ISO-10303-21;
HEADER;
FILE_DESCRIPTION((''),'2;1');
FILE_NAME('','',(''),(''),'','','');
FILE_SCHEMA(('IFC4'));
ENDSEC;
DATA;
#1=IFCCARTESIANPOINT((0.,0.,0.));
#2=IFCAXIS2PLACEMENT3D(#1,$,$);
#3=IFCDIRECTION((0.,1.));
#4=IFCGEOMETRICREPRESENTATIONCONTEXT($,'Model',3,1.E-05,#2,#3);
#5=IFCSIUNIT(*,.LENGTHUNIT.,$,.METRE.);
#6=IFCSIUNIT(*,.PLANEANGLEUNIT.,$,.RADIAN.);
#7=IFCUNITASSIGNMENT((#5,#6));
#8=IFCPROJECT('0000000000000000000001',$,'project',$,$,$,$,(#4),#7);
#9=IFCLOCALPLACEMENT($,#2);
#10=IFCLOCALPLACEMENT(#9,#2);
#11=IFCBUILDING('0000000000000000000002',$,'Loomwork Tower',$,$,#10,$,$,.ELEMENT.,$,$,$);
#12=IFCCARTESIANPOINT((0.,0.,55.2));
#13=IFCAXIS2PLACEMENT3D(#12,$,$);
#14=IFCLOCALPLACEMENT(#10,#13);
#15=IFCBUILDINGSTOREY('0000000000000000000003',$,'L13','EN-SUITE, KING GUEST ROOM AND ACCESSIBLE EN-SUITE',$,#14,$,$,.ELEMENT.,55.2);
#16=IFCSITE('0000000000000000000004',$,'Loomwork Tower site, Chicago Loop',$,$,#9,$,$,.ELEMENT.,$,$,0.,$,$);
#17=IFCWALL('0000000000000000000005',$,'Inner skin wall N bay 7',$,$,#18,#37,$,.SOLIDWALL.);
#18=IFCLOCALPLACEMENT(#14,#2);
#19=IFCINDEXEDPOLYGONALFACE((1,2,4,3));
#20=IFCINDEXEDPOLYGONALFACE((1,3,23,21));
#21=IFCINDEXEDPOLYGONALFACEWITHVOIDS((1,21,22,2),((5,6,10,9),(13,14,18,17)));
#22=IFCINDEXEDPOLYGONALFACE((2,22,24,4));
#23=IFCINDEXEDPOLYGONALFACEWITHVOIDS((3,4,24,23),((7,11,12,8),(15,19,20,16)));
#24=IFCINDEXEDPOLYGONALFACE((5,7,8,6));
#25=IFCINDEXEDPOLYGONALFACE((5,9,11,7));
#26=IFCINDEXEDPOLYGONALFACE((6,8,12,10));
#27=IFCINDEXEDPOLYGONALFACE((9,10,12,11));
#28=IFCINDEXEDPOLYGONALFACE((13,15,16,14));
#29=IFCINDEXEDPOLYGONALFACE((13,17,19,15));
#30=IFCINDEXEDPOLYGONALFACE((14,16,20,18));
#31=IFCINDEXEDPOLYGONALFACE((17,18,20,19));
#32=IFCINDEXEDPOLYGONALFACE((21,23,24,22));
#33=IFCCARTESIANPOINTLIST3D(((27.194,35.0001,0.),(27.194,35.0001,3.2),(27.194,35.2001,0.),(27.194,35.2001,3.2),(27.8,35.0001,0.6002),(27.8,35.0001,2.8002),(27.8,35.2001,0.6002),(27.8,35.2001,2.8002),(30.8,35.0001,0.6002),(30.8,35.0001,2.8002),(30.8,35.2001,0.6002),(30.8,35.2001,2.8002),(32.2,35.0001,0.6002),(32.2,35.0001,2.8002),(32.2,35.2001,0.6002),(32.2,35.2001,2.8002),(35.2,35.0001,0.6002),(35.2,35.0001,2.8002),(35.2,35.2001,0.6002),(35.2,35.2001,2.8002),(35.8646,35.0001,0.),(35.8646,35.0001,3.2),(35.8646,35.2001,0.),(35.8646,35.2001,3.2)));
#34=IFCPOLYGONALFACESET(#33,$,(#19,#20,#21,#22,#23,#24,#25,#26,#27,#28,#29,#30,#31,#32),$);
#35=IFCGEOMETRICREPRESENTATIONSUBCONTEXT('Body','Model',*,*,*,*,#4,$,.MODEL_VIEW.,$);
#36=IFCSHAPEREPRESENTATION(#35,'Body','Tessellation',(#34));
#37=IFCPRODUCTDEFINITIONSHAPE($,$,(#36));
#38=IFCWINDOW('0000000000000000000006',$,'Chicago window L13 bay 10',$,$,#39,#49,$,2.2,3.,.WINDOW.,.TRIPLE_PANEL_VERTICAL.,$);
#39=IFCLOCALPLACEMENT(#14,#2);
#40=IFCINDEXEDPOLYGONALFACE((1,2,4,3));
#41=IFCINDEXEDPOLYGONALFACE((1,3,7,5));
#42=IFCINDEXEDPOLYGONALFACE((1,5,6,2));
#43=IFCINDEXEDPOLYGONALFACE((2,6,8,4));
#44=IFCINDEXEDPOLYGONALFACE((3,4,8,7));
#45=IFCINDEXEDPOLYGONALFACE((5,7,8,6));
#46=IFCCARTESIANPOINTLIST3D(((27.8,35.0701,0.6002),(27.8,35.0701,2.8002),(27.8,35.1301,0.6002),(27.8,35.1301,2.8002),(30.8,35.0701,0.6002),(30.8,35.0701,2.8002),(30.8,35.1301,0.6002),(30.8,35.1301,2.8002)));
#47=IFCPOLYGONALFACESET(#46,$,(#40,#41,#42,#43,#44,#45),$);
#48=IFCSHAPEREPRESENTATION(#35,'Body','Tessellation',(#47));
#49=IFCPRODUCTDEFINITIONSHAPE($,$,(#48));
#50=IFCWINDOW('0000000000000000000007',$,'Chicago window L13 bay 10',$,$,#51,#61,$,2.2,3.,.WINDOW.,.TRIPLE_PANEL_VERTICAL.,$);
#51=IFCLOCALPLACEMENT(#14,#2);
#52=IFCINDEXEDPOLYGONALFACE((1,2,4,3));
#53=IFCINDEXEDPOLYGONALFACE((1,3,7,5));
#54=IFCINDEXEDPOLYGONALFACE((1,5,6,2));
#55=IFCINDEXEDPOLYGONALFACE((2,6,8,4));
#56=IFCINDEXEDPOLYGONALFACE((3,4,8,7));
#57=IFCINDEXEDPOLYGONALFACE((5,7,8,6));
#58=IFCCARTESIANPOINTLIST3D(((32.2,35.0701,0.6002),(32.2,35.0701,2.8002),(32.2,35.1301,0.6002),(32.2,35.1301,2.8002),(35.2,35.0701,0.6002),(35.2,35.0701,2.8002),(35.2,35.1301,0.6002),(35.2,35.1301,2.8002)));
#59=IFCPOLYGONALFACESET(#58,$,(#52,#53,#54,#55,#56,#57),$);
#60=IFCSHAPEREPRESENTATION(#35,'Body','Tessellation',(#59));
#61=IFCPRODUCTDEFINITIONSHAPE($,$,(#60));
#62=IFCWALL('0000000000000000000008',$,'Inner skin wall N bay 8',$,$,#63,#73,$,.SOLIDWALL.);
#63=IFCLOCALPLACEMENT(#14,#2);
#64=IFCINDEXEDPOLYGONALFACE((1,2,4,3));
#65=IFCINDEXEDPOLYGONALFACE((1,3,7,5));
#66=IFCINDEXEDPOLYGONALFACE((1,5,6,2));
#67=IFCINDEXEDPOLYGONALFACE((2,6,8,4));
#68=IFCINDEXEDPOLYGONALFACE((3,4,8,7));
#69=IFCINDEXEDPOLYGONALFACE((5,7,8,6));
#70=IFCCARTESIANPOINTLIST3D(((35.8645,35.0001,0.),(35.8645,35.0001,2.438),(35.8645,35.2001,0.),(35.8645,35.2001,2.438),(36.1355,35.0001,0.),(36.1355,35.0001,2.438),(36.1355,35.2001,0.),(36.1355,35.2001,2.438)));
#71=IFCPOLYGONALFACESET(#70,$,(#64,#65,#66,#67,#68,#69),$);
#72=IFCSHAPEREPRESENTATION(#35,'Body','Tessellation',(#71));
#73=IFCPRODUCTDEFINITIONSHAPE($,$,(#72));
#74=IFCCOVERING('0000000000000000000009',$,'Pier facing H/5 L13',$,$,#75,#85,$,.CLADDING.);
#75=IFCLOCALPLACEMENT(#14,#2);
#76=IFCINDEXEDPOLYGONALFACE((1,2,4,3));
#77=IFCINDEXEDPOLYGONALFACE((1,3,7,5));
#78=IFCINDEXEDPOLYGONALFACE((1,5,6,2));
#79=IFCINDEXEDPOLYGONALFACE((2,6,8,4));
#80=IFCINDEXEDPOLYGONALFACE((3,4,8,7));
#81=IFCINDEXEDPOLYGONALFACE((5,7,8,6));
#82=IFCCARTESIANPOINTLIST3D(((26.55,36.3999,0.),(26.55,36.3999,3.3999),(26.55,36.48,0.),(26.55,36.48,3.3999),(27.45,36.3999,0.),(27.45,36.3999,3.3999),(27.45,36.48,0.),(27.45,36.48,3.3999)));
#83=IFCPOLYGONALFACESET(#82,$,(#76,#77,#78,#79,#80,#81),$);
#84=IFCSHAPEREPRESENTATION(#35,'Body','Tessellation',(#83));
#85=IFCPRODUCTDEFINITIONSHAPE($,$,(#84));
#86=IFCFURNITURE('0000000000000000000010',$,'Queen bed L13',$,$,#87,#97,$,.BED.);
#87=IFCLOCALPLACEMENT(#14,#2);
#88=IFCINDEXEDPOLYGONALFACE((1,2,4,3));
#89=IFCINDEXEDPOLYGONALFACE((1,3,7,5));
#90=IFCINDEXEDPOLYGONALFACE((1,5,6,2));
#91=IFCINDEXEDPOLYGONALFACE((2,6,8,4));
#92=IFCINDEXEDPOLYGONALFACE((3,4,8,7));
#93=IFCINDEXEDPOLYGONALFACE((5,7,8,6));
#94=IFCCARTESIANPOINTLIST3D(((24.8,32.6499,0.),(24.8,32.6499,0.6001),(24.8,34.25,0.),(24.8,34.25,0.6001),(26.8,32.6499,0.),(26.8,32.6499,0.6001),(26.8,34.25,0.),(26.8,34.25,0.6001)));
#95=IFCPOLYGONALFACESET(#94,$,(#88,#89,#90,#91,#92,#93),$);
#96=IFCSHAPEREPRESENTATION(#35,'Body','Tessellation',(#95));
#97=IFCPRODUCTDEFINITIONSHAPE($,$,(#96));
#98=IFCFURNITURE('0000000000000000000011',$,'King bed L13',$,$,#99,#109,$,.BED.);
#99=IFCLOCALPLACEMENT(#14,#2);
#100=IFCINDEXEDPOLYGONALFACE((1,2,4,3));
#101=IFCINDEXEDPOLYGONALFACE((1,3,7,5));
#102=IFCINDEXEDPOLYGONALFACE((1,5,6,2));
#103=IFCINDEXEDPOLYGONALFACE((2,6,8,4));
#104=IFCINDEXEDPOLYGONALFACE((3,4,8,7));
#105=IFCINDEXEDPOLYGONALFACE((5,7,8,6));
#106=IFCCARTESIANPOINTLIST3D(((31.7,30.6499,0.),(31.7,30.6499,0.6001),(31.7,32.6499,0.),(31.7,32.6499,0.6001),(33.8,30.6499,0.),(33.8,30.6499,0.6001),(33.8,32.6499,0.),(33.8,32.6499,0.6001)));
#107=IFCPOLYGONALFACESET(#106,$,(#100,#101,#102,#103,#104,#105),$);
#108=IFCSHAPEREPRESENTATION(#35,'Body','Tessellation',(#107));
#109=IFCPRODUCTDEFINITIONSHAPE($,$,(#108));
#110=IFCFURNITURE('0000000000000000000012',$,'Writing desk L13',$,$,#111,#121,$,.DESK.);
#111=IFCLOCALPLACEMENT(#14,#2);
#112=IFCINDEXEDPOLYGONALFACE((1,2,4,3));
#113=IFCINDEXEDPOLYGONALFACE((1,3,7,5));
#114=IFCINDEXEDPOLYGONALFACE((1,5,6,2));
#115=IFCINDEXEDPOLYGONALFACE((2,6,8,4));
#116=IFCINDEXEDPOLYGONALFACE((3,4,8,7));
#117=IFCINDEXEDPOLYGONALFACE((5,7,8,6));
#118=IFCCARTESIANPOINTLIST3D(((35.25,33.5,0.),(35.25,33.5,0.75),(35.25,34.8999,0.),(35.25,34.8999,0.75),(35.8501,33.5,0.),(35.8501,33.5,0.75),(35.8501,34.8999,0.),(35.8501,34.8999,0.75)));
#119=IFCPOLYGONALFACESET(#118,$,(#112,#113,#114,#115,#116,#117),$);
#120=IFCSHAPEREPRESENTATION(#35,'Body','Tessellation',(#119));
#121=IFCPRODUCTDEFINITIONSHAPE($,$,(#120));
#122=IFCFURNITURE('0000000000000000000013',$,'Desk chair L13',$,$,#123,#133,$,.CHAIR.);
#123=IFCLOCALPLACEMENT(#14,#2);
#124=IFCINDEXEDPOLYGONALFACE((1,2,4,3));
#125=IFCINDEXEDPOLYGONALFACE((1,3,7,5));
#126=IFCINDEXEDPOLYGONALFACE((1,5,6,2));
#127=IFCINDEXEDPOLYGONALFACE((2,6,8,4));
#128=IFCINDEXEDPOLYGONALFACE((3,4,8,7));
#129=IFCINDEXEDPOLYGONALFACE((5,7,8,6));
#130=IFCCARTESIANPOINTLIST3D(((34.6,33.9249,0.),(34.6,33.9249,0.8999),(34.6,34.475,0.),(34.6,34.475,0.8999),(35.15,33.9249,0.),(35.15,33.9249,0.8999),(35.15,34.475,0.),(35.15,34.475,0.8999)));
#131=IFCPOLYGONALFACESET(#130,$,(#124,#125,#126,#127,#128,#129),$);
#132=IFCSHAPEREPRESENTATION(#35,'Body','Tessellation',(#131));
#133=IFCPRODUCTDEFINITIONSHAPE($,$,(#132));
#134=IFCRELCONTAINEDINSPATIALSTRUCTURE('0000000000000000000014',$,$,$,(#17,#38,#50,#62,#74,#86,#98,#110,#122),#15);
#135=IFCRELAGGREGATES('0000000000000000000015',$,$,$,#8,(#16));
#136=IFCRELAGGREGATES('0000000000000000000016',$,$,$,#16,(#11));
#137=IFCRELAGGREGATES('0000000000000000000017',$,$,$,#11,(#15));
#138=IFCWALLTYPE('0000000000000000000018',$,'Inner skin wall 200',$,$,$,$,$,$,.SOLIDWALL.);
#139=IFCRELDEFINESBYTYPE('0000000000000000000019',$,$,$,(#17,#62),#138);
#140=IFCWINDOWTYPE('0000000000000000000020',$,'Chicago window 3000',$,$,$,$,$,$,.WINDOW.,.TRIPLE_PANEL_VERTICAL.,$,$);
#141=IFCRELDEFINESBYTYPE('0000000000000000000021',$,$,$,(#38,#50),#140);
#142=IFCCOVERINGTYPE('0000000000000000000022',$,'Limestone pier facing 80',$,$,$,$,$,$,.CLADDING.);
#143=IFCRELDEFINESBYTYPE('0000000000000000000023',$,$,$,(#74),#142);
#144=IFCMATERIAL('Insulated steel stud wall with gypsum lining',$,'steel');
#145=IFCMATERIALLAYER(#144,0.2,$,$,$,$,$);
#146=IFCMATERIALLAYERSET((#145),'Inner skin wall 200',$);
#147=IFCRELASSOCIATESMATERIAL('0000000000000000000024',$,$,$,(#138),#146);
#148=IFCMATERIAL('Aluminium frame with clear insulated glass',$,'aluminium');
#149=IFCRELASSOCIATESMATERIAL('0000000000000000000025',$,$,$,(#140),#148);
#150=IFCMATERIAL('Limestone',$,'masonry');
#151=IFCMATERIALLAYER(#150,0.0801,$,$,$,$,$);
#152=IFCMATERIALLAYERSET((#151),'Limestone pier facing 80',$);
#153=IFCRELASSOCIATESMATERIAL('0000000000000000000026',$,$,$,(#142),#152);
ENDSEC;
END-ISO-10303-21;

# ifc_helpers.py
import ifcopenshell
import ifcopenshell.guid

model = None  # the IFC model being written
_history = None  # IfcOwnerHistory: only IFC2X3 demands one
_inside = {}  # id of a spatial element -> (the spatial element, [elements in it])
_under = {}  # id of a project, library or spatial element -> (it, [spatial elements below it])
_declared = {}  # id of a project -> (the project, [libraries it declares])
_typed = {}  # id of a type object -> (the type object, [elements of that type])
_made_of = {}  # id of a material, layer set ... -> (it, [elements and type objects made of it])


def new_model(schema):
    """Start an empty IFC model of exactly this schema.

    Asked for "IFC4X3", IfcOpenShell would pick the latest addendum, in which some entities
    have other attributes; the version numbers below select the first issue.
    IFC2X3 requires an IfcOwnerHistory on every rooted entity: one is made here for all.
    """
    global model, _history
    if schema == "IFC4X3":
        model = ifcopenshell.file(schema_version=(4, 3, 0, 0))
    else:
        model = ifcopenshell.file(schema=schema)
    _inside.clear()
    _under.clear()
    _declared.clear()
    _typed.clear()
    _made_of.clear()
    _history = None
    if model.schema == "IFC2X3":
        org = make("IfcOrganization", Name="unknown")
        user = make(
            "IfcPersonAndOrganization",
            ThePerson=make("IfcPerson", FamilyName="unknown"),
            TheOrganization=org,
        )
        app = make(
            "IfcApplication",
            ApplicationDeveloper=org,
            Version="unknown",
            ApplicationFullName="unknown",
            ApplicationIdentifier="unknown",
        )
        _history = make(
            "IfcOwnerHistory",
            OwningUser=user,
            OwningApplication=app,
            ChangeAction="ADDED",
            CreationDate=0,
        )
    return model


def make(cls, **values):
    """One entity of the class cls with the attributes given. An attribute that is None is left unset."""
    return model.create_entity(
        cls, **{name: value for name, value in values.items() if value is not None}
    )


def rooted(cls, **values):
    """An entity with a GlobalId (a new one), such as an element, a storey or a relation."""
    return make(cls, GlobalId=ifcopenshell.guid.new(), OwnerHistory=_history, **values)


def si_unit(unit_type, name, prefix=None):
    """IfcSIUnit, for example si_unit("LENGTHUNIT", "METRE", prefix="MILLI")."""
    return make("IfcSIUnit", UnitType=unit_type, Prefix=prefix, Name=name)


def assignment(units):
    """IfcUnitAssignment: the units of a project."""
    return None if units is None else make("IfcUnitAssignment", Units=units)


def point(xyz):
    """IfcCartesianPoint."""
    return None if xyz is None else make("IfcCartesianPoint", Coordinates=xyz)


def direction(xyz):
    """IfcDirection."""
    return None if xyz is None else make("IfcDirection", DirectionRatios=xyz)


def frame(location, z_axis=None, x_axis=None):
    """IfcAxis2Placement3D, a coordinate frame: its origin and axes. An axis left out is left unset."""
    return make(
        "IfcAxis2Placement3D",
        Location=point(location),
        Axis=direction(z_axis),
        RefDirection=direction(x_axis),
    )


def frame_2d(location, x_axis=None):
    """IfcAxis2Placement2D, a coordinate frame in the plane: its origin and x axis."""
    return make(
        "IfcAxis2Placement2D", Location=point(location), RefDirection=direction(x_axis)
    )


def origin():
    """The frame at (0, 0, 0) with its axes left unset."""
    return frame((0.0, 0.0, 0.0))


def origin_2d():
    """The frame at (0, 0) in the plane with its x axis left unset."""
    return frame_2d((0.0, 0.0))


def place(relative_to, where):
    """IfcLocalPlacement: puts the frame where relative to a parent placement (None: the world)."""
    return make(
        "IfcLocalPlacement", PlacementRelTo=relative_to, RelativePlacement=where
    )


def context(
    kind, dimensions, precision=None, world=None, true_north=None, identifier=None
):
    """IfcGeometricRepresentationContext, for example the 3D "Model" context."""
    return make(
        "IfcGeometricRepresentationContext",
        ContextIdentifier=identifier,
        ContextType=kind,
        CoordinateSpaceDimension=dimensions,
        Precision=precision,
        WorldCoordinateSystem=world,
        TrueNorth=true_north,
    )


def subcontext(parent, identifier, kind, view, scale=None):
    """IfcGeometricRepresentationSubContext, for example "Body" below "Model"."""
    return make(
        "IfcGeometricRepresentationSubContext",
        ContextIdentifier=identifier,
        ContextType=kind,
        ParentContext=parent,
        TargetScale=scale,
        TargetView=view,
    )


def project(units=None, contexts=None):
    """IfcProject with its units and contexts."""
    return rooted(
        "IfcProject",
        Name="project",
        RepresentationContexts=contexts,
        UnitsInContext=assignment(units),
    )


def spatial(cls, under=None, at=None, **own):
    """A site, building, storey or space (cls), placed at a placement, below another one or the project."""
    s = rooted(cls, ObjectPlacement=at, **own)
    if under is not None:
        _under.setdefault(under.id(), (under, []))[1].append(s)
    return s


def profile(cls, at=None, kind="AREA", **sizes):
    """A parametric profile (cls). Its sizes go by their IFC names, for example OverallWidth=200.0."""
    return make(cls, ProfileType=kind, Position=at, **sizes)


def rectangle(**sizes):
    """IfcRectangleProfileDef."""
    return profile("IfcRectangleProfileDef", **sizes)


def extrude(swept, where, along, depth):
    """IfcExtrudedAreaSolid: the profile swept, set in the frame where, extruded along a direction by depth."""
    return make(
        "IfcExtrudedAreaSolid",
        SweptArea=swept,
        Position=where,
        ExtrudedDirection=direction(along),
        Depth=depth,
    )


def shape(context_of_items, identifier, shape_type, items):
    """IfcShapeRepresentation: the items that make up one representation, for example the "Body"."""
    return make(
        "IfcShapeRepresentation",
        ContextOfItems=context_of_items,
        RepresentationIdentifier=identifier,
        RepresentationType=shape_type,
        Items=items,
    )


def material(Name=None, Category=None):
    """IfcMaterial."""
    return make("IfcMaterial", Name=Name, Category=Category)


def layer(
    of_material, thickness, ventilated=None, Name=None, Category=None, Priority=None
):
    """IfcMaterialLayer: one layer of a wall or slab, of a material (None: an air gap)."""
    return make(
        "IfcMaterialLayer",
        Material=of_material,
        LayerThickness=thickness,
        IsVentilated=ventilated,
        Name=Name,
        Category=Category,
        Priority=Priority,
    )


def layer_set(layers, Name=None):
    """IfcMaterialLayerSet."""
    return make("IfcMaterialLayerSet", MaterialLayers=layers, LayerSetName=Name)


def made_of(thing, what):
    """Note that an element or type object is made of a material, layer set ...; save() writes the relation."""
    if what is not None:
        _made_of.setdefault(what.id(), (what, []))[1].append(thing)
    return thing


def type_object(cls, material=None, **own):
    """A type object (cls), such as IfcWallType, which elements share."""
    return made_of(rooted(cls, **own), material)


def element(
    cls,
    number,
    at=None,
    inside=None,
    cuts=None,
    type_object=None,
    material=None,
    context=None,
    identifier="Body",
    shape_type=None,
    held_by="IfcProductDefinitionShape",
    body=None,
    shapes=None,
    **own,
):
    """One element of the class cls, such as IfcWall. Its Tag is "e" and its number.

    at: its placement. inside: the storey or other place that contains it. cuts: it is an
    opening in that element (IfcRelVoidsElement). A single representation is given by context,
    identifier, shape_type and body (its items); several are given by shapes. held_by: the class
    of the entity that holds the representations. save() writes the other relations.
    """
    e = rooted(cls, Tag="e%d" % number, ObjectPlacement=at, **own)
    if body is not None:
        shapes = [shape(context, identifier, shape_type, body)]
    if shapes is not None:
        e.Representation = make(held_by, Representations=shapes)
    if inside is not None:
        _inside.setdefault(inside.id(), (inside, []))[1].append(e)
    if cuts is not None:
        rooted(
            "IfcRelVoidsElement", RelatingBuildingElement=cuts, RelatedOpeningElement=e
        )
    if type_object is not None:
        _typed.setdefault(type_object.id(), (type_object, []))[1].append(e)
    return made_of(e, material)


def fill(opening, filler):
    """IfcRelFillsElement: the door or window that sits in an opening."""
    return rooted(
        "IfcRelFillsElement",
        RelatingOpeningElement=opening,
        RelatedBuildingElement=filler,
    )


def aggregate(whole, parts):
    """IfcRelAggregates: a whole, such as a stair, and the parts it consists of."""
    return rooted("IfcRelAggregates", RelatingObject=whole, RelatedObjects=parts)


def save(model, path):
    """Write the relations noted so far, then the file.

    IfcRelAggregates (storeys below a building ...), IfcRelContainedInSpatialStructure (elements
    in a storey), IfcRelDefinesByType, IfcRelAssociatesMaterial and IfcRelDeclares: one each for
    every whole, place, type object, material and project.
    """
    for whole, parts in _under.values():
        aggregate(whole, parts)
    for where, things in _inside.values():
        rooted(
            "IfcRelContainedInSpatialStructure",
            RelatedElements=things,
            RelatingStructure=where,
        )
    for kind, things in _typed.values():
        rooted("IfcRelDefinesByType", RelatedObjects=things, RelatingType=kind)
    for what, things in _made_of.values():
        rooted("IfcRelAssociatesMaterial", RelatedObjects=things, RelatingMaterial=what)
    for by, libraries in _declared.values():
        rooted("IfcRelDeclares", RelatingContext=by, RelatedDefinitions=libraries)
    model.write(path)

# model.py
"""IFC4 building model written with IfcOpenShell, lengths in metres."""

from ifc_helpers import new_model, si_unit, direction, frame, frame_2d, origin, origin_2d, place, context, subcontext, project, spatial, rectangle, extrude, material, layer, layer_set, type_object, element, fill, save


model = new_model("IFC4")

# Units and contexts
model_context = context("Model", 3, precision=1e-05, world=origin(), true_north=direction((0.0, 1.0)))
body_context = subcontext(model_context, "Body", "Model", "MODEL_VIEW")
ifc_project = project(units=[si_unit("LENGTHUNIT", "METRE"), si_unit("PLANEANGLEUNIT", "RADIAN")], contexts=[model_context])

# Site, building, storey
site_placement = place(None, origin())
site = spatial("IfcSite", under=ifc_project, at=site_placement, Name="Loomwork Tower site, Chicago Loop", CompositionType="ELEMENT", RefElevation=0.0)
building_placement = place(site_placement, origin())
building = spatial("IfcBuilding", under=site, at=building_placement, Name="Loomwork Tower", CompositionType="ELEMENT")
storey_placement = place(building_placement, frame((0.0, 0.0, 55.2)))
storey = spatial("IfcBuildingStorey", under=building, at=storey_placement, Name="L13", Description="EN-SUITE, KING GUEST ROOM AND ACCESSIBLE EN-SUITE", CompositionType="ELEMENT", Elevation=55.2)

# Shared definitions
ifc_material_1 = material(Name="Insulated steel stud wall with gypsum lining", Category="steel")
ifc_layer_1 = layer(ifc_material_1, 0.2)
ifc_layer_set_1 = layer_set([ifc_layer_1], Name="Inner skin wall 200")
wall_type = type_object("IfcWallType", Name="Inner skin wall 200", PredefinedType="SOLIDWALL", material=ifc_layer_set_1)

# Wall, openings, windows
wall_1_placement = place(storey_placement, frame((27.1938, 35.1001, 0.0), z_axis=(0.0, 0.0, 1.0), x_axis=(1.0, 0.0, 0.0)))
wall_1 = element("IfcWall", 1, at=wall_1_placement, inside=storey, type_object=wall_type, Name="Inner skin wall N bay 7", PredefinedType="SOLIDWALL", context=body_context, shape_type="SweptSolid", body=[
    extrude(rectangle(XDim=8.6707, YDim=0.2, at=frame_2d((4.3354, 0.0))), origin(), (0.0, 0.0, 1.0), 3.2),
])
opening_1_placement = place(wall_1_placement, frame((0.6062, 0.0, 0.6001)))
opening_1 = element("IfcOpeningElement", 2, at=opening_1_placement, cuts=wall_1, PredefinedType="OPENING", context=body_context, shape_type="SweptSolid", body=[
    extrude(rectangle(XDim=3.0, YDim=2.2, at=frame_2d((1.5, 1.1001))), frame((0.0, 0.1099, 0.0), z_axis=(0.0, -1.0, 0.0), x_axis=(1.0, 0.0, 0.0)), (0.0, 0.0, 1.0), 0.22),
])
opening_2_placement = place(wall_1_placement, frame((5.0061, 0.0, 0.6001)))
opening_2 = element("IfcOpeningElement", 3, at=opening_2_placement, cuts=wall_1, PredefinedType="OPENING", context=body_context, shape_type="SweptSolid", body=[
    extrude(rectangle(XDim=3.0, YDim=2.2, at=frame_2d((1.5, 1.1001))), frame((0.0, 0.1099, 0.0), z_axis=(0.0, -1.0, 0.0), x_axis=(1.0, 0.0, 0.0)), (0.0, 0.0, 1.0), 0.22),
])
ifc_material_2 = material(Name="Aluminium frame with clear insulated glass", Category="aluminium")
window_type = type_object("IfcWindowType", Name="Chicago window 3000", PartitioningType="TRIPLE_PANEL_VERTICAL", PredefinedType="WINDOW", material=ifc_material_2)
window_1_placement = place(opening_1_placement, origin())
window_1 = element("IfcWindow", 4, at=window_1_placement, inside=storey, type_object=window_type, Name="Chicago window L13 bay 10", OverallHeight=2.2, OverallWidth=3.0, PartitioningType="TRIPLE_PANEL_VERTICAL", PredefinedType="WINDOW", context=body_context, shape_type="SweptSolid", body=[
    extrude(rectangle(XDim=3.0, YDim=2.2, at=frame_2d((1.5, 1.1001))), frame((0.0, 0.03, 0.0), z_axis=(0.0, -1.0, 0.0), x_axis=(1.0, 0.0, 0.0)), (0.0, 0.0, 1.0), 0.0601),
])
fill(opening_1, window_1)
window_2_placement = place(opening_2_placement, origin())
window_2 = element("IfcWindow", 5, at=window_2_placement, inside=storey, type_object=window_type, Name="Chicago window L13 bay 10", OverallHeight=2.2, OverallWidth=3.0, PartitioningType="TRIPLE_PANEL_VERTICAL", PredefinedType="WINDOW", context=body_context, shape_type="SweptSolid", body=[
    extrude(rectangle(XDim=3.0, YDim=2.2, at=frame_2d((1.5, 1.1001))), frame((0.0, 0.03, 0.0), z_axis=(0.0, -1.0, 0.0), x_axis=(1.0, 0.0, 0.0)), (0.0, 0.0, 1.0), 0.0601),
])
fill(opening_2, window_2)

# Wall
wall_2_placement = place(storey_placement, frame((35.8645, 35.1001, 0.0), z_axis=(0.0, 0.0, 1.0), x_axis=(1.0, 0.0, 0.0)))
element("IfcWall", 6, at=wall_2_placement, inside=storey, type_object=wall_type, Name="Inner skin wall N bay 8", PredefinedType="SOLIDWALL", context=body_context, shape_type="SweptSolid", body=[
    extrude(rectangle(XDim=0.271, YDim=0.2, at=frame_2d((0.1355, 0.0))), origin(), (0.0, 0.0, 1.0), 2.438),
])

# Covering
ifc_material_3 = material(Name="Limestone", Category="masonry")
ifc_layer_2 = layer(ifc_material_3, 0.0801)
ifc_layer_set_2 = layer_set([ifc_layer_2], Name="Limestone pier facing 80")
covering_type = type_object("IfcCoveringType", Name="Limestone pier facing 80", PredefinedType="CLADDING", material=ifc_layer_set_2)
covering_placement = place(storey_placement, frame((27.0, 36.4399, 0.0), z_axis=(0.0, 0.0, 1.0), x_axis=(1.0, 0.0, 0.0)))
element("IfcCovering", 7, at=covering_placement, inside=storey, type_object=covering_type, Name="Pier facing H/5 L13", PredefinedType="CLADDING", context=body_context, shape_type="SweptSolid", body=[
    extrude(rectangle(XDim=0.8999, YDim=0.0801, at=origin_2d()), origin(), (0.0, 0.0, 1.0), 3.3999),
])

# Furniture
furniture_1_placement = place(storey_placement, frame((25.8, 33.45, 0.0), z_axis=(0.0, 0.0, 1.0), x_axis=(1.0, 0.0, 0.0)))
element("IfcFurniture", 8, at=furniture_1_placement, inside=storey, Name="Queen bed L13", PredefinedType="BED", context=body_context, shape_type="SweptSolid", body=[
    extrude(rectangle(XDim=2.0, YDim=1.6001, at=origin_2d()), origin(), (0.0, 0.0, 1.0), 0.6001),
])
furniture_2_placement = place(storey_placement, frame((32.75, 31.6499, 0.0), z_axis=(0.0, 0.0, 1.0), x_axis=(1.0, 0.0, 0.0)))
element("IfcFurniture", 9, at=furniture_2_placement, inside=storey, Name="King bed L13", PredefinedType="BED", context=body_context, shape_type="SweptSolid", body=[
    extrude(rectangle(XDim=2.1001, YDim=2.0, at=origin_2d()), origin(), (0.0, 0.0, 1.0), 0.6001),
])
furniture_3_placement = place(storey_placement, frame((35.55, 34.2, 0.0), z_axis=(0.0, 0.0, 1.0), x_axis=(1.0, 0.0, 0.0)))
element("IfcFurniture", 10, at=furniture_3_placement, inside=storey, Name="Writing desk L13", PredefinedType="DESK", context=body_context, shape_type="SweptSolid", body=[
    extrude(rectangle(XDim=0.6001, YDim=1.3999, at=origin_2d()), origin(), (0.0, 0.0, 1.0), 0.75),
])
furniture_4_placement = place(storey_placement, frame((34.875, 34.2, 0.0), z_axis=(0.0, 0.0, 1.0), x_axis=(1.0, 0.0, 0.0)))
element("IfcFurniture", 11, at=furniture_4_placement, inside=storey, Name="Desk chair L13", PredefinedType="CHAIR", context=body_context, shape_type="SweptSolid", body=[
    extrude(rectangle(XDim=0.55, YDim=0.55, at=origin_2d()), origin(), (0.0, 0.0, 1.0), 0.8999),
])

save(model, "model.ifc")
